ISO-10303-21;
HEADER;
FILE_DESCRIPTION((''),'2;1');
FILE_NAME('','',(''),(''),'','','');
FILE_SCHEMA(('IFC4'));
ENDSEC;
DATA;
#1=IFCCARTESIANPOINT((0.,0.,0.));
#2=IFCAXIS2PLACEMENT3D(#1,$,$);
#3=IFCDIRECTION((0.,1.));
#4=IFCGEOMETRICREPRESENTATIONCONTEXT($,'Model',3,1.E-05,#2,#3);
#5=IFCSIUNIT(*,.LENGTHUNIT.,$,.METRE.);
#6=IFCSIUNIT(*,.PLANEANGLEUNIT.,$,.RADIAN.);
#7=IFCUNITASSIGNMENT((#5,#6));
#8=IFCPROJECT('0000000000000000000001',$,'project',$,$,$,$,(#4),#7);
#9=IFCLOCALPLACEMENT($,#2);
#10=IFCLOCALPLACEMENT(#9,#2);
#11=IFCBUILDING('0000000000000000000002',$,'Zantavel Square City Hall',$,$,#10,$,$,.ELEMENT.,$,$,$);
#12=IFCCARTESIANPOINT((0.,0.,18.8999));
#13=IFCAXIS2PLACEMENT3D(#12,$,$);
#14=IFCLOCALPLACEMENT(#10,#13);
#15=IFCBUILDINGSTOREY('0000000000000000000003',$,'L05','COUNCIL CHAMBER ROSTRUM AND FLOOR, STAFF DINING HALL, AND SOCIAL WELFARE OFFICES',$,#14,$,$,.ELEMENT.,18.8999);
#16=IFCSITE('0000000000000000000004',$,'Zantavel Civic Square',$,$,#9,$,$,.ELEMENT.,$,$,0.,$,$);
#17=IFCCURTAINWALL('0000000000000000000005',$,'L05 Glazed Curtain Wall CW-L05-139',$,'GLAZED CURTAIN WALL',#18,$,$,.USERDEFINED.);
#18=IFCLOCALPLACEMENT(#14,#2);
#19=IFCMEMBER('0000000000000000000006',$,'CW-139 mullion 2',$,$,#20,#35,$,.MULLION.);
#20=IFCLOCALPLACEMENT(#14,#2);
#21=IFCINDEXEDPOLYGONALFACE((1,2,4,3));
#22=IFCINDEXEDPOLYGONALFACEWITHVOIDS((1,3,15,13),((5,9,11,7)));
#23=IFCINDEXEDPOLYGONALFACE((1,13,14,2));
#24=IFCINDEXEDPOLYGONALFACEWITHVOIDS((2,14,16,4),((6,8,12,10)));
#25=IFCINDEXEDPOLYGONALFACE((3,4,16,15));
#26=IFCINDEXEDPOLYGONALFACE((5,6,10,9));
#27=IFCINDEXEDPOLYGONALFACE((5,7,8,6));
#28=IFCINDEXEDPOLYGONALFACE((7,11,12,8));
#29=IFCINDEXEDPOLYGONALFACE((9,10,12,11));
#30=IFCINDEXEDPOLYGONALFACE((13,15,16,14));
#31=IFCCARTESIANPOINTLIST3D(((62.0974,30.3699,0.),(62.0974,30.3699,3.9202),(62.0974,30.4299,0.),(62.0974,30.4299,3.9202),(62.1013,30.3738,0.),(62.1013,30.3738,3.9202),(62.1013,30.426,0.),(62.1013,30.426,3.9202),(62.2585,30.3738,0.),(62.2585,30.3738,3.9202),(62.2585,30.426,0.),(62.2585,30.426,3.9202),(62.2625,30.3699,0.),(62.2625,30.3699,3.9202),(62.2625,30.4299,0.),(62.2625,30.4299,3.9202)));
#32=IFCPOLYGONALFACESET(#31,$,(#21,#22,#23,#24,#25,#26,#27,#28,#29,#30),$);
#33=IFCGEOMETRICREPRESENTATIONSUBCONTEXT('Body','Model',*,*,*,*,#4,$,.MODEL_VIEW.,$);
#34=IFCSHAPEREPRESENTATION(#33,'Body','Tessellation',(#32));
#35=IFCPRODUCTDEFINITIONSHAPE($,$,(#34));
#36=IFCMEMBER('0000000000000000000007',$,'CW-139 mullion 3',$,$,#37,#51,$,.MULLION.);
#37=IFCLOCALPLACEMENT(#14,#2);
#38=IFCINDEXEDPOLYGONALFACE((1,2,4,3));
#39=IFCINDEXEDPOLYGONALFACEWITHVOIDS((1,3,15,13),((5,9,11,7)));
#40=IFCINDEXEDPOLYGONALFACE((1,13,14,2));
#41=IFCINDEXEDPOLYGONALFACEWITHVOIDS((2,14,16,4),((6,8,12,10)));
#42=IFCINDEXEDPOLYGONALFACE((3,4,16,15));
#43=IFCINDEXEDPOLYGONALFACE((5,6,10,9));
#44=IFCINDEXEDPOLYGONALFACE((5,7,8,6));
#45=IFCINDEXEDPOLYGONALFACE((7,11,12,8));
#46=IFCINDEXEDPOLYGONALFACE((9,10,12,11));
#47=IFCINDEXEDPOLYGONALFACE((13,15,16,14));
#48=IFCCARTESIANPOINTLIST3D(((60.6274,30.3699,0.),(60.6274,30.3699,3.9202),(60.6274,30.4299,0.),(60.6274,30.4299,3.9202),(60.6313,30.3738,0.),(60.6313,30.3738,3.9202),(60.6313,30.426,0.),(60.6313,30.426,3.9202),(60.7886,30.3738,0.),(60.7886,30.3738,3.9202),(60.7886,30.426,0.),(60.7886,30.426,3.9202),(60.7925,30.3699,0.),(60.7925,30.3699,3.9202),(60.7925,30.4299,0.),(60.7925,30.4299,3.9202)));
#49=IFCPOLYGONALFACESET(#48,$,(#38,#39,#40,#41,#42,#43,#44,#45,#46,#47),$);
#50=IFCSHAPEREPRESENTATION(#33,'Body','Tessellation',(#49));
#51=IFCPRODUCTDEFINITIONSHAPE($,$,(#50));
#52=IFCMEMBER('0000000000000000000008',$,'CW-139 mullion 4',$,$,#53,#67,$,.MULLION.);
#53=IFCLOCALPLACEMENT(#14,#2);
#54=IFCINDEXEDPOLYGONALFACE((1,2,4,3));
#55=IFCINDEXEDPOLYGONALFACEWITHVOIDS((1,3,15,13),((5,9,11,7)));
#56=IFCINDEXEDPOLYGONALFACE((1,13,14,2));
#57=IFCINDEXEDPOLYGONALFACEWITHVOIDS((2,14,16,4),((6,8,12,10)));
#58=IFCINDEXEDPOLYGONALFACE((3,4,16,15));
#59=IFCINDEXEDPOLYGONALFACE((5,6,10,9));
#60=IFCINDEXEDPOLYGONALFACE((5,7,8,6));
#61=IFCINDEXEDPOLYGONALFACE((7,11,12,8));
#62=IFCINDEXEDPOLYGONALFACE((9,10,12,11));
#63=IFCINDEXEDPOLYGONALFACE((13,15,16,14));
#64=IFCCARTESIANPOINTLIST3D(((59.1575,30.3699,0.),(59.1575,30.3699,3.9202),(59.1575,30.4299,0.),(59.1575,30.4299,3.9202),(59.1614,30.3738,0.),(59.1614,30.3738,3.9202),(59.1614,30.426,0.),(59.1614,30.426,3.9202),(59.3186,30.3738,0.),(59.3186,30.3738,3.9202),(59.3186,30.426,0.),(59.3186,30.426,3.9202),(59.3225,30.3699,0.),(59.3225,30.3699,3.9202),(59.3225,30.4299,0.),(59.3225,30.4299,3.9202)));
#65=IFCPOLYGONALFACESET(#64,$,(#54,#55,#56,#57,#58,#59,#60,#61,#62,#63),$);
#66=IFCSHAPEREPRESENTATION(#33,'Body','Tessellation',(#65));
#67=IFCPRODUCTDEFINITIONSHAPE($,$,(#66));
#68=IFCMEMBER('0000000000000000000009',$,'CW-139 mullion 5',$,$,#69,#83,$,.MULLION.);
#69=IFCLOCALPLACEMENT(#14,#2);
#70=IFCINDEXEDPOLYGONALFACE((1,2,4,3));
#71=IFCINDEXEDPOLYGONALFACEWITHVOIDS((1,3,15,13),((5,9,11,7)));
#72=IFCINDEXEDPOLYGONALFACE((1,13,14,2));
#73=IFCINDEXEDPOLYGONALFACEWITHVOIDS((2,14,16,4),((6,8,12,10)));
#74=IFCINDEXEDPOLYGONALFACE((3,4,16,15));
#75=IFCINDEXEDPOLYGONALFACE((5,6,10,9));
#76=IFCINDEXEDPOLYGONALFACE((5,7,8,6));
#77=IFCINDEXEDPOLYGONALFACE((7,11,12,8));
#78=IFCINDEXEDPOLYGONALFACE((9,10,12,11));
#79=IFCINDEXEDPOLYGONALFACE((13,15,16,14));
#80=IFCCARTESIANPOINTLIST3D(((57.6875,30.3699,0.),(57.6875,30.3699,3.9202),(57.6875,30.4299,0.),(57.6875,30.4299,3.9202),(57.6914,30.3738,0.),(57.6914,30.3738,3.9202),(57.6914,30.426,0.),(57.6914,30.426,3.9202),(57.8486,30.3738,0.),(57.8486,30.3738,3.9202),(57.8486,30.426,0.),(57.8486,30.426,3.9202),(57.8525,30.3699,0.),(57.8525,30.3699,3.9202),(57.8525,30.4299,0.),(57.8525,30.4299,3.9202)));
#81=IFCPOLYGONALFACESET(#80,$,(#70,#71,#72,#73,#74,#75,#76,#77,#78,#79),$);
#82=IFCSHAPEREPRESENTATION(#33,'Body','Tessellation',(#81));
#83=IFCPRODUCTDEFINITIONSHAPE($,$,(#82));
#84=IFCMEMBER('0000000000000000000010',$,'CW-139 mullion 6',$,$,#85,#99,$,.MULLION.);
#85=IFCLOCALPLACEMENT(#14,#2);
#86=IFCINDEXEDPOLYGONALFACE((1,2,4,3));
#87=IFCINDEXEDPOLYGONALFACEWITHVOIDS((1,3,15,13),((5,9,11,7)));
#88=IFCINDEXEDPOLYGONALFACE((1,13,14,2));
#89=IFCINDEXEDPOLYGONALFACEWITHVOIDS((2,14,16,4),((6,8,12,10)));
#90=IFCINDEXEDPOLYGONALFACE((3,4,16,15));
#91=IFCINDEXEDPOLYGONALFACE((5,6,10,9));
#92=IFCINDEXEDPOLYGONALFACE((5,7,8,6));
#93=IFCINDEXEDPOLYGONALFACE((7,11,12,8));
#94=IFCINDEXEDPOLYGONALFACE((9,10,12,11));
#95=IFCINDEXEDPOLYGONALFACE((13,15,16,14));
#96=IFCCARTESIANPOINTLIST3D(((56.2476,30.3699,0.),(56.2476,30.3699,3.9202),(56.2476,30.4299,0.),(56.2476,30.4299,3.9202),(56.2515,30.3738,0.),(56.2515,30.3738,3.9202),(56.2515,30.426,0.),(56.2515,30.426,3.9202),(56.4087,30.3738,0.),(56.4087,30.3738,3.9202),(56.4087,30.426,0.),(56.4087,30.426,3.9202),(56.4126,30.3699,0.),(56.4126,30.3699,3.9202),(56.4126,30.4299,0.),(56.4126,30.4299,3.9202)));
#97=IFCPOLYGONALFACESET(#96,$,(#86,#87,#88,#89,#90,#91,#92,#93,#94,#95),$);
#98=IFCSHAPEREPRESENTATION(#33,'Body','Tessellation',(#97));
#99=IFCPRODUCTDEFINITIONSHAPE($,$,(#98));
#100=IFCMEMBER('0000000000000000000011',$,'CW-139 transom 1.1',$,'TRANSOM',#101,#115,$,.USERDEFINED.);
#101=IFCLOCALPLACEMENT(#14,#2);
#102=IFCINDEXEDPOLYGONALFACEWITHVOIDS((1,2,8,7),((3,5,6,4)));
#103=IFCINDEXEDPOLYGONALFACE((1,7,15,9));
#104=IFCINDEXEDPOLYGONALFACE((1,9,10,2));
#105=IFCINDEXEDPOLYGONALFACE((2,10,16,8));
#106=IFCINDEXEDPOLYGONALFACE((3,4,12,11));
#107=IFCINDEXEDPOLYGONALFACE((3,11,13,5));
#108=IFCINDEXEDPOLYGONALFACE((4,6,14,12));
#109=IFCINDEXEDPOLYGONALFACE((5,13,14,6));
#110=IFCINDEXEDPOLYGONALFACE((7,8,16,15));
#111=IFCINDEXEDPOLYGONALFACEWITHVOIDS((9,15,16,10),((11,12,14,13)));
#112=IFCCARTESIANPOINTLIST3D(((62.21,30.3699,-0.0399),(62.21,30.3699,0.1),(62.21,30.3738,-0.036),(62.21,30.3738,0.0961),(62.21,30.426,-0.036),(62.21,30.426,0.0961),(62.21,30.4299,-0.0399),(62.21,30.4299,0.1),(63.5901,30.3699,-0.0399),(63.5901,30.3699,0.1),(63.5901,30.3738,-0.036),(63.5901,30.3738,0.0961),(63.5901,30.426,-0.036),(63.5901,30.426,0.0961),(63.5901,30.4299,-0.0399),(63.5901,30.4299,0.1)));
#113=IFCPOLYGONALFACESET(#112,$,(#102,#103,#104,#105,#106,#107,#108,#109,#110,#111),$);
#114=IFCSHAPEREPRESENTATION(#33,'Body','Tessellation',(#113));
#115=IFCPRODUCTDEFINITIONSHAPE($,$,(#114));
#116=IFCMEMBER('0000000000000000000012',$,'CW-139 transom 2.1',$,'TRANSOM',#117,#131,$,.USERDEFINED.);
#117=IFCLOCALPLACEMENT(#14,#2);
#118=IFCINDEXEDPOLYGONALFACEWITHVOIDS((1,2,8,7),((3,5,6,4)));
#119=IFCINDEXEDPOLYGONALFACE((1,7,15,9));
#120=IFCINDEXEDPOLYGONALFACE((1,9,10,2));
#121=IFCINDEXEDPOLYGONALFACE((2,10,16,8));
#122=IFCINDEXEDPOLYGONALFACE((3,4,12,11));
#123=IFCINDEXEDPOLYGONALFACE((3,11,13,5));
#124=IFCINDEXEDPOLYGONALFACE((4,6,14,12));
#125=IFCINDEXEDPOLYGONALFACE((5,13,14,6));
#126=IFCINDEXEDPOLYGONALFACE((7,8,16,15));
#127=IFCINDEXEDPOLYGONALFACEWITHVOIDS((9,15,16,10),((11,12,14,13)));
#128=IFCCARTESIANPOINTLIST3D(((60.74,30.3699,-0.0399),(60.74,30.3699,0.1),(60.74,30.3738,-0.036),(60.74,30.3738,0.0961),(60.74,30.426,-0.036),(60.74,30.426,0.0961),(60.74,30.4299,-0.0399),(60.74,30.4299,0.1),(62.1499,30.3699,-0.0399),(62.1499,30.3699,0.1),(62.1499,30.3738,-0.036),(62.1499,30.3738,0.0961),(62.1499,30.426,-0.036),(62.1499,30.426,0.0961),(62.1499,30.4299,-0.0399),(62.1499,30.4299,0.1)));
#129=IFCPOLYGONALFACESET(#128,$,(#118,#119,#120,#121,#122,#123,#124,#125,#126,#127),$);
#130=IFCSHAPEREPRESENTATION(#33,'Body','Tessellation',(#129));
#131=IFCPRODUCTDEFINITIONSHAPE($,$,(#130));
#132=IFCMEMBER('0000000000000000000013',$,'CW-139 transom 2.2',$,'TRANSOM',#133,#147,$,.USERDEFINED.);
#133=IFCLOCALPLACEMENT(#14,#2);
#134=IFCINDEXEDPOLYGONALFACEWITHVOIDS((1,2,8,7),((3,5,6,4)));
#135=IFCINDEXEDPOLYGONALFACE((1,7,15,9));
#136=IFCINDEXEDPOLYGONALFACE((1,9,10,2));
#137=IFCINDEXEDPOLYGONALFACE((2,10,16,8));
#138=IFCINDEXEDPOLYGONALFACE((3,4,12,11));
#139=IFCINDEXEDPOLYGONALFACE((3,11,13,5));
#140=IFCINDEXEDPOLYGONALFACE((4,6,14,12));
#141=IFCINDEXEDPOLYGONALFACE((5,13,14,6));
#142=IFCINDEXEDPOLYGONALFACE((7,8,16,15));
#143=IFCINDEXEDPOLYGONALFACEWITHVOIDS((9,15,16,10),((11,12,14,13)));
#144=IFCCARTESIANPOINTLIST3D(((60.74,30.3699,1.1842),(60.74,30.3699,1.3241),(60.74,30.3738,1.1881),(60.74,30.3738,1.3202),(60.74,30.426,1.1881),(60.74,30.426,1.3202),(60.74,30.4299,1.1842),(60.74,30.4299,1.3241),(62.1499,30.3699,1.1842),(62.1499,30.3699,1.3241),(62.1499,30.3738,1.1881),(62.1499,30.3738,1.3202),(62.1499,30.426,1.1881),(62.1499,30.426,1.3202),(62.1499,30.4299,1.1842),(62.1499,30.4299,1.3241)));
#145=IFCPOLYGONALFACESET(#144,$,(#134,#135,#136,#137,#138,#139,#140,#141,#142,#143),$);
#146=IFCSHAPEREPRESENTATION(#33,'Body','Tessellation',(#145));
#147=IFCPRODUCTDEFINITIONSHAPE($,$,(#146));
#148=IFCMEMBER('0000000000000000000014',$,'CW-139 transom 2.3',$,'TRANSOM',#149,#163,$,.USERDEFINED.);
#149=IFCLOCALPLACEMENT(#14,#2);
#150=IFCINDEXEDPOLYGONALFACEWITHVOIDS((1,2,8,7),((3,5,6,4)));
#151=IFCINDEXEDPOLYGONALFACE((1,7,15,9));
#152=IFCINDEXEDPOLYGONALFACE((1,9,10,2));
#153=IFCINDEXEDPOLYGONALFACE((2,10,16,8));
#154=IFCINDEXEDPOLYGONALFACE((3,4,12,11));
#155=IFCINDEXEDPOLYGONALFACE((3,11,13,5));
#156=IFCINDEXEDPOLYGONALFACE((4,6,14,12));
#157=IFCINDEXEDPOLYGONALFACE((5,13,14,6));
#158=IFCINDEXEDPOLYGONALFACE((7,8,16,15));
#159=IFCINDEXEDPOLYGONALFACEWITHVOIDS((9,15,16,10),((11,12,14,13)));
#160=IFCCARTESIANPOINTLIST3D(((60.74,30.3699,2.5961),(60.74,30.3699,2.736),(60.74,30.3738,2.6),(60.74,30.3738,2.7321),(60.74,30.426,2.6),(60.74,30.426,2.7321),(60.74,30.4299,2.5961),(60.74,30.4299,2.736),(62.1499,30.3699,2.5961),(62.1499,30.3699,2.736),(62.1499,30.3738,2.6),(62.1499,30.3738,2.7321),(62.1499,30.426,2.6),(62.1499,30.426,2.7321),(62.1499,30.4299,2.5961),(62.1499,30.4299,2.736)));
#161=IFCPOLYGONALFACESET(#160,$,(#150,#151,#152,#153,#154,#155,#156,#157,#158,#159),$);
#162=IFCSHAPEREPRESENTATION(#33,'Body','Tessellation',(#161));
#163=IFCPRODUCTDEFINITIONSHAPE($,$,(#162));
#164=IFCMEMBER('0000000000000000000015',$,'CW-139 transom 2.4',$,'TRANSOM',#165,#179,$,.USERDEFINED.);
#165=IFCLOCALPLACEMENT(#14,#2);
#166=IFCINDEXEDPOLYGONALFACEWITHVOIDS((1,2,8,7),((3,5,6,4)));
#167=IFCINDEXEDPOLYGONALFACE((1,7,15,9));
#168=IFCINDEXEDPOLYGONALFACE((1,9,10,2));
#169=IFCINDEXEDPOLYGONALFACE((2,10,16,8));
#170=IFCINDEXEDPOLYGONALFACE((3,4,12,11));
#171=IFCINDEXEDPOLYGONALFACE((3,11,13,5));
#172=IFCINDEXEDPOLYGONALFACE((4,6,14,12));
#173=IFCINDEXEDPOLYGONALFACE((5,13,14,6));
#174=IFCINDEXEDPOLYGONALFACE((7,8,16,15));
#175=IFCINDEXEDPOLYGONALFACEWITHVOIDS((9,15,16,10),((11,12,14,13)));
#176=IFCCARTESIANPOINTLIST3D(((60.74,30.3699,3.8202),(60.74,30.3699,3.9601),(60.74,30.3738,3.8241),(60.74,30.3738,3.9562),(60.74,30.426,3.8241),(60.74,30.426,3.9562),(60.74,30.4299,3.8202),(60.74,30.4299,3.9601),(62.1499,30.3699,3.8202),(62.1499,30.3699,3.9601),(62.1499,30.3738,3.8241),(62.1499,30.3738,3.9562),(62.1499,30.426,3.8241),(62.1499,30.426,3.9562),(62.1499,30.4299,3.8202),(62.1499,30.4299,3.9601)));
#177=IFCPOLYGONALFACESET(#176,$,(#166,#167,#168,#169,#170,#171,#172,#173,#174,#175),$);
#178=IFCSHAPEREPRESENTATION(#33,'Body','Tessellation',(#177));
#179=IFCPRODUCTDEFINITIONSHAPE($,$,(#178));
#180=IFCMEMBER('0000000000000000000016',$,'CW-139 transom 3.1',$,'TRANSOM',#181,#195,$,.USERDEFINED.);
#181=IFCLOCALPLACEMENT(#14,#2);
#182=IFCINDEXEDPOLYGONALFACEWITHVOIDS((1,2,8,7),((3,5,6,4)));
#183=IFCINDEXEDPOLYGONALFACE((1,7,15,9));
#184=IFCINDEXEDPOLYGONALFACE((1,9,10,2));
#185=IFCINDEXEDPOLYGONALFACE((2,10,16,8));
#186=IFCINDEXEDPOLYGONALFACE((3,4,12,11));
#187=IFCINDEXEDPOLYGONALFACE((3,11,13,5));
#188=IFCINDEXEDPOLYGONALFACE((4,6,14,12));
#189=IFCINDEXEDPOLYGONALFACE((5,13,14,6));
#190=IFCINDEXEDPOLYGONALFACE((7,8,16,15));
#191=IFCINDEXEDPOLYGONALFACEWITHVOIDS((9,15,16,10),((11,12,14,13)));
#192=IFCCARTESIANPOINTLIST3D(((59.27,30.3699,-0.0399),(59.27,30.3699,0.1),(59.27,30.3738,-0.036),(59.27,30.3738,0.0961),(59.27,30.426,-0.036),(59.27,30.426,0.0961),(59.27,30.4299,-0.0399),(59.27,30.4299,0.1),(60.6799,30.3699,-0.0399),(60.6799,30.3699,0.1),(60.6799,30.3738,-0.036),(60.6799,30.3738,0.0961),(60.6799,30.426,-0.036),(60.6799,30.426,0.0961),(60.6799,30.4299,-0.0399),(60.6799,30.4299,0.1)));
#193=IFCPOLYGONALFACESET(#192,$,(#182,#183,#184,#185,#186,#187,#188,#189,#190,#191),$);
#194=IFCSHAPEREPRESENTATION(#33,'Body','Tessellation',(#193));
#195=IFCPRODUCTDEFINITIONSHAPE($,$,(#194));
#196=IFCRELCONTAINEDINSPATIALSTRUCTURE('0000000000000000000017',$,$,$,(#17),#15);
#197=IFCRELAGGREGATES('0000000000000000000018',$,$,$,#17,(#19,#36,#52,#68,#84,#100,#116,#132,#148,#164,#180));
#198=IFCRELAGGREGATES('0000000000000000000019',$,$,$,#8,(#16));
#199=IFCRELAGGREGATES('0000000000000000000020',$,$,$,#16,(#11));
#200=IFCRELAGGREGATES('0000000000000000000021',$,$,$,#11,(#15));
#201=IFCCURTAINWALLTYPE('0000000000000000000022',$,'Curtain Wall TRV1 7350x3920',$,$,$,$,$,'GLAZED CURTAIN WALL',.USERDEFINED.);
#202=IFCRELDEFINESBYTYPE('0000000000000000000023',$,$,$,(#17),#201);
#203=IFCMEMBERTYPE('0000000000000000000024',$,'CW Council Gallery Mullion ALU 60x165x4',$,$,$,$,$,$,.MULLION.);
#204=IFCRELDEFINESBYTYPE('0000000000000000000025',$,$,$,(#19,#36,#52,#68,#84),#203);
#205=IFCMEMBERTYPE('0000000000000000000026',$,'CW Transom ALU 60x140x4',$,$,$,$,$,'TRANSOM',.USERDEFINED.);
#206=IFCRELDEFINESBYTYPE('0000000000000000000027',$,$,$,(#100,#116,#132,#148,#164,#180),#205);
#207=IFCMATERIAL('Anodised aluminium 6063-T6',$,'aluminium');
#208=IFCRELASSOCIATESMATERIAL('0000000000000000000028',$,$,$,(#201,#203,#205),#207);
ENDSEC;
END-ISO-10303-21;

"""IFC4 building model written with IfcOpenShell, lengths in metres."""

from ifc_helpers import new_model, si_unit, direction, frame, origin, origin_2d, place, context, subcontext, project, spatial, hollow_rectangle, extrude, material, material_profile, profile_set, type_object, element, aggregate, save


model = new_model("IFC4")

# Units and contexts
model_context = context("Model", 3, precision=1e-05, world=origin(), true_north=direction((0.0, 1.0)))
body_context = subcontext(model_context, "Body", "Model", "MODEL_VIEW")
ifc_project = project(units=[si_unit("LENGTHUNIT", "METRE"), si_unit("PLANEANGLEUNIT", "RADIAN")], contexts=[model_context])

# Site, building, storey
site_placement = place(None, origin())
site = spatial("IfcSite", under=ifc_project, at=site_placement, Name="Zantavel Civic Square", CompositionType="ELEMENT", RefElevation=0.0)
building_placement = place(site_placement, origin())
building = spatial("IfcBuilding", under=site, at=building_placement, Name="Zantavel Square City Hall", CompositionType="ELEMENT")
storey_placement = place(building_placement, frame((0.0, 0.0, 18.8999)))
storey = spatial("IfcBuildingStorey", under=building, at=storey_placement, Name="L05", Description="COUNCIL CHAMBER ROSTRUM AND FLOOR, STAFF DINING HALL, AND SOCIAL WELFARE OFFICES", CompositionType="ELEMENT", Elevation=18.8999)

# Curtain wall, members
ifc_material_1 = material(Name="Anodised aluminium 6063-T6", Category="aluminium")
curtain_wall_type = type_object("IfcCurtainWallType", Name="Curtain Wall TRV1 7350x3920", ElementType="GLAZED CURTAIN WALL", PredefinedType="USERDEFINED", material=ifc_material_1)
curtain_wall_placement = place(storey_placement, origin())
curtain_wall = element("IfcCurtainWall", 1, at=curtain_wall_placement, inside=storey, type_object=curtain_wall_type, Name="L05 Glazed Curtain Wall CW-L05-139", ObjectType="GLAZED CURTAIN WALL", PredefinedType="USERDEFINED")
ifc_material_profile_1 = material_profile(ifc_material_1, hollow_rectangle(XDim=0.0601, YDim=0.165, WallThickness=0.0039, at=origin_2d()), Name="ALU 60x165x4")
ifc_profile_set_1 = profile_set([ifc_material_profile_1], Name="Anodised aluminium 6063-T6")
member_type_1 = type_object("IfcMemberType", Name="CW Council Gallery Mullion ALU 60x165x4", PredefinedType="MULLION", material=ifc_profile_set_1)
member_1_placement = place(storey_placement, frame((62.1799, 30.3999, 0.0), z_axis=(0.0, 0.0, 1.0), x_axis=(0.0, -1.0, 0.0)))
member_1 = element("IfcMember", 2, at=member_1_placement, type_object=member_type_1, Name="CW-139 mullion 2", PredefinedType="MULLION", context=body_context, shape_type="SweptSolid", body=[
    extrude(hollow_rectangle(XDim=0.0601, YDim=0.165, WallThickness=0.0039, at=origin_2d()), origin(), (0.0, 0.0, 1.0), 3.9202),
])
member_2_placement = place(storey_placement, frame((60.71, 30.3999, 0.0), z_axis=(0.0, 0.0, 1.0), x_axis=(0.0, -1.0, 0.0)))
member_2 = element("IfcMember", 3, at=member_2_placement, type_object=member_type_1, Name="CW-139 mullion 3", PredefinedType="MULLION", context=body_context, shape_type="SweptSolid", body=[
    extrude(hollow_rectangle(XDim=0.0601, YDim=0.165, WallThickness=0.0039, at=origin_2d()), origin(), (0.0, 0.0, 1.0), 3.9202),
])
member_3_placement = place(storey_placement, frame((59.24, 30.3999, 0.0), z_axis=(0.0, 0.0, 1.0), x_axis=(0.0, -1.0, 0.0)))
member_3 = element("IfcMember", 4, at=member_3_placement, type_object=member_type_1, Name="CW-139 mullion 4", PredefinedType="MULLION", context=body_context, shape_type="SweptSolid", body=[
    extrude(hollow_rectangle(XDim=0.0601, YDim=0.165, WallThickness=0.0039, at=origin_2d()), origin(), (0.0, 0.0, 1.0), 3.9202),
])
member_4_placement = place(storey_placement, frame((57.77, 30.3999, 0.0), z_axis=(0.0, 0.0, 1.0), x_axis=(0.0, -1.0, 0.0)))
member_4 = element("IfcMember", 5, at=member_4_placement, type_object=member_type_1, Name="CW-139 mullion 5", PredefinedType="MULLION", context=body_context, shape_type="SweptSolid", body=[
    extrude(hollow_rectangle(XDim=0.0601, YDim=0.165, WallThickness=0.0039, at=origin_2d()), origin(), (0.0, 0.0, 1.0), 3.9202),
])
member_5_placement = place(storey_placement, frame((56.3301, 30.3999, 0.0), z_axis=(0.0, 0.0, 1.0), x_axis=(0.0, -1.0, 0.0)))
member_5 = element("IfcMember", 6, at=member_5_placement, type_object=member_type_1, Name="CW-139 mullion 6", PredefinedType="MULLION", context=body_context, shape_type="SweptSolid", body=[
    extrude(hollow_rectangle(XDim=0.0601, YDim=0.165, WallThickness=0.0039, at=origin_2d()), origin(), (0.0, 0.0, 1.0), 3.9202),
])
ifc_material_profile_2 = material_profile(ifc_material_1, hollow_rectangle(XDim=0.0601, YDim=0.1399, WallThickness=0.0039, at=origin_2d()), Name="ALU 60x140x4")
ifc_profile_set_2 = profile_set([ifc_material_profile_2], Name="Anodised aluminium 6063-T6")
member_type_2 = type_object("IfcMemberType", Name="CW Transom ALU 60x140x4", ElementType="TRANSOM", PredefinedType="USERDEFINED", material=ifc_profile_set_2)
member_6_placement = place(storey_placement, frame((63.5901, 30.3999, 0.03), z_axis=(-1.0, 0.0, 0.0), x_axis=(0.0, -1.0, 0.0)))
member_6 = element("IfcMember", 7, at=member_6_placement, type_object=member_type_2, Name="CW-139 transom 1.1", ObjectType="TRANSOM", PredefinedType="USERDEFINED", context=body_context, shape_type="SweptSolid", body=[
    extrude(hollow_rectangle(XDim=0.0601, YDim=0.1399, WallThickness=0.0039, at=origin_2d()), origin(), (0.0, 0.0, 1.0), 1.3801),
])
member_7_placement = place(storey_placement, frame((62.1499, 30.3999, 0.03), z_axis=(-1.0, 0.0, 0.0), x_axis=(0.0, -1.0, 0.0)))
member_7 = element("IfcMember", 8, at=member_7_placement, type_object=member_type_2, Name="CW-139 transom 2.1", ObjectType="TRANSOM", PredefinedType="USERDEFINED", context=body_context, shape_type="SweptSolid", body=[
    extrude(hollow_rectangle(XDim=0.0601, YDim=0.1399, WallThickness=0.0039, at=origin_2d()), origin(), (0.0, 0.0, 1.0), 1.4099),
])
member_8_placement = place(storey_placement, frame((62.1499, 30.3999, 1.2542), z_axis=(-1.0, 0.0, 0.0), x_axis=(0.0, -1.0, 0.0)))
member_8 = element("IfcMember", 9, at=member_8_placement, type_object=member_type_2, Name="CW-139 transom 2.2", ObjectType="TRANSOM", PredefinedType="USERDEFINED", context=body_context, shape_type="SweptSolid", body=[
    extrude(hollow_rectangle(XDim=0.0601, YDim=0.1399, WallThickness=0.0039, at=origin_2d()), origin(), (0.0, 0.0, 1.0), 1.4099),
])
member_9_placement = place(storey_placement, frame((62.1499, 30.3999, 2.666), z_axis=(-1.0, 0.0, 0.0), x_axis=(0.0, -1.0, 0.0)))
member_9 = element("IfcMember", 10, at=member_9_placement, type_object=member_type_2, Name="CW-139 transom 2.3", ObjectType="TRANSOM", PredefinedType="USERDEFINED", context=body_context, shape_type="SweptSolid", body=[
    extrude(hollow_rectangle(XDim=0.0601, YDim=0.1399, WallThickness=0.0039, at=origin_2d()), origin(), (0.0, 0.0, 1.0), 1.4099),
])
member_10_placement = place(storey_placement, frame((62.1499, 30.3999, 3.8901), z_axis=(-1.0, 0.0, 0.0), x_axis=(0.0, -1.0, 0.0)))
member_10 = element("IfcMember", 11, at=member_10_placement, type_object=member_type_2, Name="CW-139 transom 2.4", ObjectType="TRANSOM", PredefinedType="USERDEFINED", context=body_context, shape_type="SweptSolid", body=[
    extrude(hollow_rectangle(XDim=0.0601, YDim=0.1399, WallThickness=0.0039, at=origin_2d()), origin(), (0.0, 0.0, 1.0), 1.4099),
])
member_11_placement = place(storey_placement, frame((60.6799, 30.3999, 0.03), z_axis=(-1.0, 0.0, 0.0), x_axis=(0.0, -1.0, 0.0)))
member_11 = element("IfcMember", 12, at=member_11_placement, type_object=member_type_2, Name="CW-139 transom 3.1", ObjectType="TRANSOM", PredefinedType="USERDEFINED", context=body_context, shape_type="SweptSolid", body=[
    extrude(hollow_rectangle(XDim=0.0601, YDim=0.1399, WallThickness=0.0039, at=origin_2d()), origin(), (0.0, 0.0, 1.0), 1.4099),
])
aggregate(curtain_wall, [member_1, member_2, member_3, member_4, member_5, member_6, member_7, member_8, member_9, member_10, member_11])

save(model, "model.ifc")
